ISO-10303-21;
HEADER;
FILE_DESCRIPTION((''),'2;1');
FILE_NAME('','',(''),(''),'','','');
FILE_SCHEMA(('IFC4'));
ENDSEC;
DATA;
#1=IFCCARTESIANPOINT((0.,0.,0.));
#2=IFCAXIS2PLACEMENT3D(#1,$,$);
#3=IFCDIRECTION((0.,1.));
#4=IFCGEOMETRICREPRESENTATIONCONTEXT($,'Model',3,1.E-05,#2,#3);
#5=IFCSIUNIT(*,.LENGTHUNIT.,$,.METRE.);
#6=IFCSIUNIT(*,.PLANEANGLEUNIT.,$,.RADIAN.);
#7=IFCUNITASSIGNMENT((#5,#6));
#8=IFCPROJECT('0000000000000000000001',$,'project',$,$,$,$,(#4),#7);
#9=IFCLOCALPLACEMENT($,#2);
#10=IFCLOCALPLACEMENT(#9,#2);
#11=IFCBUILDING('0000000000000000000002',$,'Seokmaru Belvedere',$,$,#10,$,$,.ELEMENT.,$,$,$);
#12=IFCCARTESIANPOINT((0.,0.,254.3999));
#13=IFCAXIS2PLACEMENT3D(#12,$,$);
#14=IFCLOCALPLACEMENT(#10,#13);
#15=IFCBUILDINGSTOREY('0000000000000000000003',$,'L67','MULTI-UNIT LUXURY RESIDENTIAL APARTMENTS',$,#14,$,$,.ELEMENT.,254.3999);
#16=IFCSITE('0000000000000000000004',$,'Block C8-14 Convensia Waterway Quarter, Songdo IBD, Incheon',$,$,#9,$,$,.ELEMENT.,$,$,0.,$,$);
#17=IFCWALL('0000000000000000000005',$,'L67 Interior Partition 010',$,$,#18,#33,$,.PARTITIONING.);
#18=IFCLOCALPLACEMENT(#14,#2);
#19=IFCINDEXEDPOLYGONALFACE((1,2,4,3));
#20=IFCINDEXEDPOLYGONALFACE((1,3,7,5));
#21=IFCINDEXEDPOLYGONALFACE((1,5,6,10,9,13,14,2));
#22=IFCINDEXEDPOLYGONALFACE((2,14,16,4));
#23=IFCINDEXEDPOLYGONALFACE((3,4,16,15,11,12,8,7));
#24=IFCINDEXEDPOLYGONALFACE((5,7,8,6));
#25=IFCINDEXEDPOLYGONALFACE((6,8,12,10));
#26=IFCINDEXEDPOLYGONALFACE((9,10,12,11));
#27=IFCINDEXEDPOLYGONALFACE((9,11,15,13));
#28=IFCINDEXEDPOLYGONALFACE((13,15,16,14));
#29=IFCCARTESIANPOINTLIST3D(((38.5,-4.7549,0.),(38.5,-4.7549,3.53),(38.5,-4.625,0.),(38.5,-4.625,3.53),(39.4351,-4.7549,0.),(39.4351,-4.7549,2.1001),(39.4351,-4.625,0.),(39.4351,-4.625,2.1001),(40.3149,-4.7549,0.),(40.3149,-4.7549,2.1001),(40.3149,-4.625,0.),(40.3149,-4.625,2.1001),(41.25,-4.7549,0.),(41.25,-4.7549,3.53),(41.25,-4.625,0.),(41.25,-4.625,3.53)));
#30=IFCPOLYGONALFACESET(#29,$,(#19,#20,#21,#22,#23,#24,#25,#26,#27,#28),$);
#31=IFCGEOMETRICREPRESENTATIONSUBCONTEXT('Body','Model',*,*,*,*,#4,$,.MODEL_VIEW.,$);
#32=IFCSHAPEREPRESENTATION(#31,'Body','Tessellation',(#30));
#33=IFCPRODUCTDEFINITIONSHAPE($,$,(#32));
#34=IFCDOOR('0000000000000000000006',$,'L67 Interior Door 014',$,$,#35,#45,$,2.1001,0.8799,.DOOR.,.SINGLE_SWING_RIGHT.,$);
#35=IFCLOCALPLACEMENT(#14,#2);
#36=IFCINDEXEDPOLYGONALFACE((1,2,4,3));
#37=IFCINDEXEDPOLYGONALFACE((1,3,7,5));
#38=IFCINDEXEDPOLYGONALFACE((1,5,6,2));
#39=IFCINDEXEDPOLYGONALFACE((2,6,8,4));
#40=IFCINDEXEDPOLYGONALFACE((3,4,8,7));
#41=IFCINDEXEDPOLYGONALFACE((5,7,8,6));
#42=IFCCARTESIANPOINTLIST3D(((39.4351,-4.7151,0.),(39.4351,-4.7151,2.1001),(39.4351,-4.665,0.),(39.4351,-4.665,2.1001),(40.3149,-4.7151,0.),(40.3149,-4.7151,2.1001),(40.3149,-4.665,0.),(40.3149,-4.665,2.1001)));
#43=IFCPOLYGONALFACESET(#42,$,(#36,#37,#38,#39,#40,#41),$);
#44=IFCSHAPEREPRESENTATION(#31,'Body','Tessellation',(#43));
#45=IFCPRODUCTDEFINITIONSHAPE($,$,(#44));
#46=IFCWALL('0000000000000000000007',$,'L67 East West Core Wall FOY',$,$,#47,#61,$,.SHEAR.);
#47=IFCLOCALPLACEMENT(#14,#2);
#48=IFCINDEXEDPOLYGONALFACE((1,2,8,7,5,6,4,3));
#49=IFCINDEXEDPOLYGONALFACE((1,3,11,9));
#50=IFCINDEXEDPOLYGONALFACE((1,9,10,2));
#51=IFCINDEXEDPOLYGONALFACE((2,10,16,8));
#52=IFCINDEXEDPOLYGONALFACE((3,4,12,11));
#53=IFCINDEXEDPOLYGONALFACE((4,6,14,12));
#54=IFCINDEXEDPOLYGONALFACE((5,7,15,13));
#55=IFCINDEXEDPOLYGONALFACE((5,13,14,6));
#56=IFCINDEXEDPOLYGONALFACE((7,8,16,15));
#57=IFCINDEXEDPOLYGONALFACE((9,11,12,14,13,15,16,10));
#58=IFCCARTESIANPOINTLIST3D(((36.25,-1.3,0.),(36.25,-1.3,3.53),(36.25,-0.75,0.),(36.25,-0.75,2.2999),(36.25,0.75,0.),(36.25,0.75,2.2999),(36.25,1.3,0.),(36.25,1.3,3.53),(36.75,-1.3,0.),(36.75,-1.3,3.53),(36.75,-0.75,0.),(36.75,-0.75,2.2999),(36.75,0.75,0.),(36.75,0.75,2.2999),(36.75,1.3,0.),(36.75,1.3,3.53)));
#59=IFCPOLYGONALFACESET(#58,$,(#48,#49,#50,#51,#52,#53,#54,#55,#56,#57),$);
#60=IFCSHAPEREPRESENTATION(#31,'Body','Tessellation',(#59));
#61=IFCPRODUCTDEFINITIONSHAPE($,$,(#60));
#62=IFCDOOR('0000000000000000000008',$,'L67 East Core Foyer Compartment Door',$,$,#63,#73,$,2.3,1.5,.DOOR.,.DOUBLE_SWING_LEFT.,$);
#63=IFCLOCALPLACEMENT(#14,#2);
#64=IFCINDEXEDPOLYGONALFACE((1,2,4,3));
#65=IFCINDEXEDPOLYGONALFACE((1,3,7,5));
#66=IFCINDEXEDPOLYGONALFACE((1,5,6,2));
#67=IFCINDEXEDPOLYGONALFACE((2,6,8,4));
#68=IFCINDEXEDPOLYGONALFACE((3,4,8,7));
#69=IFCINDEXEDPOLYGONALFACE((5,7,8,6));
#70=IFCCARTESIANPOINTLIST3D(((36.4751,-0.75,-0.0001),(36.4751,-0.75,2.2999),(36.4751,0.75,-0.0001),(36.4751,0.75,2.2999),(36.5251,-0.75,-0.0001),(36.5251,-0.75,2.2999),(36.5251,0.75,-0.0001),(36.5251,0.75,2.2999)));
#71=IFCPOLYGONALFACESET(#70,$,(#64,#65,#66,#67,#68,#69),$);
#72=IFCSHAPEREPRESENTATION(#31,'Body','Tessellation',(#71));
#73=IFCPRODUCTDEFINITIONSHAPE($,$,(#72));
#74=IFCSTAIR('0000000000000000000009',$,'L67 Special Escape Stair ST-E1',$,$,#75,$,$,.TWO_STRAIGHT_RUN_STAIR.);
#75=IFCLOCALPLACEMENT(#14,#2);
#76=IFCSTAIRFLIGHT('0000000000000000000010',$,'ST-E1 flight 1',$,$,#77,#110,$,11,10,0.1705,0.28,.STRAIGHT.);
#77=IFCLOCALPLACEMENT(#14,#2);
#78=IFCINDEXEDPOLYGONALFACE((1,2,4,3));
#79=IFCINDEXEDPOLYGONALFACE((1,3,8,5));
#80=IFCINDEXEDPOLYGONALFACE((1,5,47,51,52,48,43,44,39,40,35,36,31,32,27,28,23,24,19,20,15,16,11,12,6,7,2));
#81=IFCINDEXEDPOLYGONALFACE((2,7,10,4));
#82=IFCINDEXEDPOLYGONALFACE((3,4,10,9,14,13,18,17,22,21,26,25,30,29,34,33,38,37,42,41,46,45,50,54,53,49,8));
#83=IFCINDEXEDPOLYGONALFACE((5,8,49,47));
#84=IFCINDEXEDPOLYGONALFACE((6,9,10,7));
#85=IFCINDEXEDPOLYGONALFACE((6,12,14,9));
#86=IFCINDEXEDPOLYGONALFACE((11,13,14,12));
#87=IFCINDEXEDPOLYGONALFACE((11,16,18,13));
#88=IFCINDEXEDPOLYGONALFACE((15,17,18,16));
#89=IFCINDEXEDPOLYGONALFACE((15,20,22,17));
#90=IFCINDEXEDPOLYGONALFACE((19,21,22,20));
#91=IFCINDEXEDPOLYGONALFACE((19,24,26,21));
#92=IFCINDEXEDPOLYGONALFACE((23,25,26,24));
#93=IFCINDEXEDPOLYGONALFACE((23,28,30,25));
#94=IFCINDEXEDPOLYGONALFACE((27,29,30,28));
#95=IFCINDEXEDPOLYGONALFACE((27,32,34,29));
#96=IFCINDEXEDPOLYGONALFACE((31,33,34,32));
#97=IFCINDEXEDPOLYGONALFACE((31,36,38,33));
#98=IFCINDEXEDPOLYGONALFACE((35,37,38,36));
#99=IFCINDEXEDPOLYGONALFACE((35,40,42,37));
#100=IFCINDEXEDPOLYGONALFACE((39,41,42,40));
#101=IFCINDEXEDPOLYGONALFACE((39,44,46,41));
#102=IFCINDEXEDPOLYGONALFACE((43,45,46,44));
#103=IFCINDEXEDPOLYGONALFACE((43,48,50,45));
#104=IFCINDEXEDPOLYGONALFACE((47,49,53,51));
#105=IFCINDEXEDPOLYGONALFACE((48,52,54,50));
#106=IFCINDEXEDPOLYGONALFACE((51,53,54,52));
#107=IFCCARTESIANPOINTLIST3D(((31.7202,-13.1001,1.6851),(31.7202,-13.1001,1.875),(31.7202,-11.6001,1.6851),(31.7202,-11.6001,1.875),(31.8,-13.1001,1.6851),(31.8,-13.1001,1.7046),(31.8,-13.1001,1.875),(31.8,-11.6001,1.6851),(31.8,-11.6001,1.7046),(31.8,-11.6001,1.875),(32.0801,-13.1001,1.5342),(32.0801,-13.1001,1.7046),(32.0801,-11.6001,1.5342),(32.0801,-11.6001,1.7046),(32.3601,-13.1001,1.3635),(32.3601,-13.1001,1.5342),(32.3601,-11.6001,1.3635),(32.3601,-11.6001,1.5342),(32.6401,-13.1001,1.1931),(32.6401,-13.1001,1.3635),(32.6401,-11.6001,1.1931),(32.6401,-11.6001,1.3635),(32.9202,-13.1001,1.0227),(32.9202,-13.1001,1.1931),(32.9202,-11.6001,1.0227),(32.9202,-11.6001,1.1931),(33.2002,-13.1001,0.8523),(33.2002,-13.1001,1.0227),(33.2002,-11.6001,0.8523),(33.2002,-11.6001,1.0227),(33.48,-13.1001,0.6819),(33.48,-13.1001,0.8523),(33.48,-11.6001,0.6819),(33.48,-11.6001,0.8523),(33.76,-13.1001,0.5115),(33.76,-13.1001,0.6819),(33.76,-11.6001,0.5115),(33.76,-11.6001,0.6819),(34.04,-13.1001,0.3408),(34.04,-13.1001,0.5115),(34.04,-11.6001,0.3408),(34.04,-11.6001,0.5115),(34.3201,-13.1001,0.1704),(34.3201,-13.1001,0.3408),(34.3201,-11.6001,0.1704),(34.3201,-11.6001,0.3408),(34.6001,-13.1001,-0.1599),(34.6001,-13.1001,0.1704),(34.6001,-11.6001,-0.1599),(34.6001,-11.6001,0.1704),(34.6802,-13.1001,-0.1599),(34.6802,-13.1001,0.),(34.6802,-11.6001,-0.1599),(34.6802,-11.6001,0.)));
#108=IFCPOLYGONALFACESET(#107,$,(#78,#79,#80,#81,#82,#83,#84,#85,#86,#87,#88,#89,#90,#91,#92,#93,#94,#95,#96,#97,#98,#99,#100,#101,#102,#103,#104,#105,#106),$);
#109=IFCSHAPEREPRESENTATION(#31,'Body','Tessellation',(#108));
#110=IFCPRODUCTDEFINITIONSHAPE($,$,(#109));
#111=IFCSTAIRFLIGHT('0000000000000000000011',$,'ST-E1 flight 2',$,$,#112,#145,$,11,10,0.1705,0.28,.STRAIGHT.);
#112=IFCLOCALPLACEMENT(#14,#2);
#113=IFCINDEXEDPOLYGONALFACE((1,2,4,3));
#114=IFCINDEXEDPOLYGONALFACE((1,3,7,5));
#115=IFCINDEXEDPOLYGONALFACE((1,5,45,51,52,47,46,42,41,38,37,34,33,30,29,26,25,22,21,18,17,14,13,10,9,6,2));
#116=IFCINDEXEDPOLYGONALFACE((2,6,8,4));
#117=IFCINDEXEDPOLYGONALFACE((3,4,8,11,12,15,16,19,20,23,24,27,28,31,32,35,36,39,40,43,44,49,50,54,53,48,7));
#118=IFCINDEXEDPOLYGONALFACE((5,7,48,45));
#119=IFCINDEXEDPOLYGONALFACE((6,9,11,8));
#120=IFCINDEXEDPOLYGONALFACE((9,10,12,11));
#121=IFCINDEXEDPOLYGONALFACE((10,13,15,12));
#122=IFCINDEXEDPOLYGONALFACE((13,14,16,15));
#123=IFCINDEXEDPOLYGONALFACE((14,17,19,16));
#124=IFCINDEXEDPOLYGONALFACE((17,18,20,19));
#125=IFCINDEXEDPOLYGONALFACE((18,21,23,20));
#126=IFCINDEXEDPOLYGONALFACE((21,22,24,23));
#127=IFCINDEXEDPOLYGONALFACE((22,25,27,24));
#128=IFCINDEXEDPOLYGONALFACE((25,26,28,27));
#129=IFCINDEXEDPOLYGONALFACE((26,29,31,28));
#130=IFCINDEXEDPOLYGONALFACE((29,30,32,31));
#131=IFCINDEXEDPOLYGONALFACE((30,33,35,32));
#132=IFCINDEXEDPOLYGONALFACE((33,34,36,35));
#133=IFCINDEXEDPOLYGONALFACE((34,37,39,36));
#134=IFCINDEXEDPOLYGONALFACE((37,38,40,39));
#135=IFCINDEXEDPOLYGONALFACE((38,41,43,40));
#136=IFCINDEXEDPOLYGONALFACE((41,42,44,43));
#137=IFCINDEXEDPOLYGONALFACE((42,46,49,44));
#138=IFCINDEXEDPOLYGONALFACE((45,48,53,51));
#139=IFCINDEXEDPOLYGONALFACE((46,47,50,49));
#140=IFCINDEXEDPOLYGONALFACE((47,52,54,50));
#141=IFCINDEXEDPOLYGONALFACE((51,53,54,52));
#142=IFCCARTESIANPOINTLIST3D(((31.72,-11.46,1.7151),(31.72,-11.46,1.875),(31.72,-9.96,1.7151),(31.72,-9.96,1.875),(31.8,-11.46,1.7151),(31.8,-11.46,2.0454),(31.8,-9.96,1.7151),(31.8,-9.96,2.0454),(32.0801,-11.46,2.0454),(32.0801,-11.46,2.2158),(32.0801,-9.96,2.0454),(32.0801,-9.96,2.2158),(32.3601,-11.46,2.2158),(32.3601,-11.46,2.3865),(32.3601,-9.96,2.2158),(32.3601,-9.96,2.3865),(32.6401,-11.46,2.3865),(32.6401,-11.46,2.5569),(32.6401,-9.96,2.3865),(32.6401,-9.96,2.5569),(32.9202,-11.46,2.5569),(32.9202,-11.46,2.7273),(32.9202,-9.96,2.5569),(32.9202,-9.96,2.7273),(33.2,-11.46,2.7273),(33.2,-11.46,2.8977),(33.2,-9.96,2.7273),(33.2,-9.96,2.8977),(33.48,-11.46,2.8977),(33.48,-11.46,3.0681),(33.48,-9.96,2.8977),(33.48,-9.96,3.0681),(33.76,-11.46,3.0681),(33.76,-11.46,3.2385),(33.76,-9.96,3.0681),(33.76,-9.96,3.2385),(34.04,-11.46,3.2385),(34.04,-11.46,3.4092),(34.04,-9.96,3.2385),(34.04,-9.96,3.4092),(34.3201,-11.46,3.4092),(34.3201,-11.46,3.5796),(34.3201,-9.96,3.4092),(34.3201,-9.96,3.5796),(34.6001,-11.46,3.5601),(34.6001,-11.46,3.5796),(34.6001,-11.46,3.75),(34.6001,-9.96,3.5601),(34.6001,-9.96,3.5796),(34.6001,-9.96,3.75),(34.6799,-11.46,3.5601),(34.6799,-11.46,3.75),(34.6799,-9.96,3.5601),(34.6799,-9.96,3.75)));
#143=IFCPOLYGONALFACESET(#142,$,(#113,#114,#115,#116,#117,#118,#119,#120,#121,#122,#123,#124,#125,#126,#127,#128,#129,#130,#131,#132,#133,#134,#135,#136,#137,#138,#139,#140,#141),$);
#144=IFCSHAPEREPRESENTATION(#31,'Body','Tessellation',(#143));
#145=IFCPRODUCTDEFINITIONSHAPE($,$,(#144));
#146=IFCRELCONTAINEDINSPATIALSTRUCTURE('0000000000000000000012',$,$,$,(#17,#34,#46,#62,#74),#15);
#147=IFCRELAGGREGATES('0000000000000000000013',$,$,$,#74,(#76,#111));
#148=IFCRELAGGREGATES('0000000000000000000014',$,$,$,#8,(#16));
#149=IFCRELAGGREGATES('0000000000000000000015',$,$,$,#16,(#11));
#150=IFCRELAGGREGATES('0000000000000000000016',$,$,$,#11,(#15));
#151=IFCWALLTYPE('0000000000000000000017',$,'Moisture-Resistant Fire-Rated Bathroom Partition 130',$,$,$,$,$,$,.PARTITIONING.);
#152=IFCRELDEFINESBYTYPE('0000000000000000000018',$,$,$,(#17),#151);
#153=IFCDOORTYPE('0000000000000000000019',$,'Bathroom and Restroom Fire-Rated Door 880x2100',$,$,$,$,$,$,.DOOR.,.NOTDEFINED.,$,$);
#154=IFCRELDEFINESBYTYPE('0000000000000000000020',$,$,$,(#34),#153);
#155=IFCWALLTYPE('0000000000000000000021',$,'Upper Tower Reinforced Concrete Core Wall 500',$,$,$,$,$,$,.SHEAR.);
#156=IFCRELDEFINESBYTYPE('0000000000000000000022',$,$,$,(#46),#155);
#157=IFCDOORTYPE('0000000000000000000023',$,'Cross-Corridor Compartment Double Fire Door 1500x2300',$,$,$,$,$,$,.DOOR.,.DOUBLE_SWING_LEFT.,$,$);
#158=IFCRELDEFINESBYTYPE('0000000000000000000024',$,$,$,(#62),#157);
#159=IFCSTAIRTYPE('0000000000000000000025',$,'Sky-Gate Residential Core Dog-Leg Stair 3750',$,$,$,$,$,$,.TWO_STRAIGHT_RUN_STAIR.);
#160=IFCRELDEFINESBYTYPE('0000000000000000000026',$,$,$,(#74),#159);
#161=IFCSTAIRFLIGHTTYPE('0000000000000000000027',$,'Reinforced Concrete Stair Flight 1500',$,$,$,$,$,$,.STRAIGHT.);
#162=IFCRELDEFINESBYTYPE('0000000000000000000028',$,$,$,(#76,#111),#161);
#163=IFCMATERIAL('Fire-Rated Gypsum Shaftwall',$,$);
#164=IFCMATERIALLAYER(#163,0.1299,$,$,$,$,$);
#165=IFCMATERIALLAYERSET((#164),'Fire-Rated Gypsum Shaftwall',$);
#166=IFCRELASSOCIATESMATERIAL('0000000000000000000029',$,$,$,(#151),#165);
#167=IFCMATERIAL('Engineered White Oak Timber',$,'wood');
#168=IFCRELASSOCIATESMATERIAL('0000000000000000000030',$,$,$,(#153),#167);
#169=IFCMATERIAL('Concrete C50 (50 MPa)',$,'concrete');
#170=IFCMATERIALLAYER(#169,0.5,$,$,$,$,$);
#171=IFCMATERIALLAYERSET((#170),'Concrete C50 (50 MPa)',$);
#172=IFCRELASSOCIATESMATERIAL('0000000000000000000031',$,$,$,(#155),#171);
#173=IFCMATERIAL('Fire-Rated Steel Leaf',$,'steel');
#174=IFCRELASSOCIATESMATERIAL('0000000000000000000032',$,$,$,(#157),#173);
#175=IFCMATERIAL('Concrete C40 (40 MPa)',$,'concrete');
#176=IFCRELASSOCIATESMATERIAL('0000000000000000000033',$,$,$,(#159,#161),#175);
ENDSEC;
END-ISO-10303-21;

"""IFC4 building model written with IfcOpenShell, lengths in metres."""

from ifc_helpers import new_model, si_unit, direction, frame, frame_2d, origin, place, context, subcontext, project, spatial, polyline, rectangle, outline, extrude, source, transform, mapped, material, layer, layer_set, type_object, type_shapes, element, fill, aggregate, save


model = new_model("IFC4")

# Units and contexts
model_context = context("Model", 3, precision=1e-05, world=origin(), true_north=direction((0.0, 1.0)))
body_context = subcontext(model_context, "Body", "Model", "MODEL_VIEW")
ifc_project = project(units=[si_unit("LENGTHUNIT", "METRE"), si_unit("PLANEANGLEUNIT", "RADIAN")], contexts=[model_context])

# Site, building, storey
site_placement = place(None, origin())
site = spatial("IfcSite", under=ifc_project, at=site_placement, Name="Block C8-14 Convensia Waterway Quarter, Songdo IBD, Incheon", CompositionType="ELEMENT", RefElevation=0.0)
building_placement = place(site_placement, origin())
building = spatial("IfcBuilding", under=site, at=building_placement, Name="Seokmaru Belvedere", CompositionType="ELEMENT")
storey_placement = place(building_placement, frame((0.0, 0.0, 254.3999)))
storey = spatial("IfcBuildingStorey", under=building, at=storey_placement, Name="L67", Description="MULTI-UNIT LUXURY RESIDENTIAL APARTMENTS", CompositionType="ELEMENT", Elevation=254.3999)

# Shared definitions
ifc_material_1 = material(Name="Fire-Rated Gypsum Shaftwall")

# Shared definitions
ifc_material_2 = material(Name="Fire-Rated Steel Leaf", Category="steel")

# Walls, openings, doors
ifc_layer_1 = layer(ifc_material_1, 0.1299)
ifc_layer_set_1 = layer_set([ifc_layer_1], Name="Fire-Rated Gypsum Shaftwall")
wall_type_1 = type_object("IfcWallType", Name="Moisture-Resistant Fire-Rated Bathroom Partition 130", PredefinedType="PARTITIONING", material=ifc_layer_set_1)
wall_1_placement = place(storey_placement, frame((38.5, -4.6899, 0.0), z_axis=(0.0, 0.0, 1.0), x_axis=(1.0, 0.0, 0.0)))
wall_1 = element("IfcWall", 1, at=wall_1_placement, inside=storey, type_object=wall_type_1, Name="L67 Interior Partition 010", PredefinedType="PARTITIONING", context=body_context, shape_type="SweptSolid", body=[
    extrude(rectangle(XDim=2.75, YDim=0.1299, at=frame_2d((1.375, 0.0))), origin(), (0.0, 0.0, 1.0), 3.53),
])
opening_1_placement = place(wall_1_placement, frame((0.9351, 0.0, 0.0)))
opening_1 = element("IfcOpeningElement", 2, at=opening_1_placement, cuts=wall_1, PredefinedType="OPENING", context=body_context, shape_type="SweptSolid", body=[
    extrude(rectangle(XDim=0.8799, YDim=2.1001, at=frame_2d((0.4399, 1.05))), frame((0.0, 0.075, 0.0), z_axis=(0.0, -1.0, 0.0), x_axis=(1.0, 0.0, 0.0)), (0.0, 0.0, 1.0), 0.1499),
])
ifc_material_3 = material(Name="Engineered White Oak Timber", Category="wood")
door_type_1 = type_object("IfcDoorType", Name="Bathroom and Restroom Fire-Rated Door 880x2100", OperationType="NOTDEFINED", PredefinedType="DOOR", material=ifc_material_3)
shared_shape_1 = source(origin(), body_context, "Body", "SweptSolid", [
    extrude(rectangle(XDim=0.8799, YDim=2.1001, at=frame_2d((0.4399, 1.05))), frame((0.0, 0.0249, 0.0), z_axis=(0.0, -1.0, 0.0), x_axis=(1.0, 0.0, 0.0)), (0.0, 0.0, 1.0), 0.05),
])
type_shapes(door_type_1, [shared_shape_1])
door_1_placement = place(opening_1_placement, origin())
door_1 = element("IfcDoor", 3, at=door_1_placement, inside=storey, type_object=door_type_1, Name="L67 Interior Door 014", OperationType="SINGLE_SWING_RIGHT", OverallHeight=2.1001, OverallWidth=0.8799, PredefinedType="DOOR", context=body_context, shape_type="MappedRepresentation", body=[
    mapped(shared_shape_1, transform((0.0, 0.0, 0.0), scale=1.0)),
])
fill(opening_1, door_1)
ifc_material_4 = material(Name="Concrete C50 (50 MPa)", Category="concrete")
ifc_layer_2 = layer(ifc_material_4, 0.5)
ifc_layer_set_2 = layer_set([ifc_layer_2], Name="Concrete C50 (50 MPa)")
wall_type_2 = type_object("IfcWallType", Name="Upper Tower Reinforced Concrete Core Wall 500", PredefinedType="SHEAR", material=ifc_layer_set_2)
wall_2_placement = place(storey_placement, frame((36.5, -1.3, 0.0), z_axis=(0.0, 0.0, 1.0), x_axis=(0.0, 1.0, 0.0)))
wall_2 = element("IfcWall", 4, at=wall_2_placement, inside=storey, type_object=wall_type_2, Name="L67 East West Core Wall FOY", PredefinedType="SHEAR", context=body_context, shape_type="SweptSolid", body=[
    extrude(rectangle(XDim=2.6001, YDim=0.5, at=frame_2d((1.3, 0.0))), origin(), (0.0, 0.0, 1.0), 3.53),
])
opening_2_placement = place(wall_2_placement, frame((0.55, 0.0, 0.0)))
opening_2 = element("IfcOpeningElement", 5, at=opening_2_placement, cuts=wall_2, PredefinedType="OPENING", context=body_context, shape_type="SweptSolid", body=[
    extrude(rectangle(XDim=1.5, YDim=2.3, at=frame_2d((0.75, 1.1499))), frame((0.0, 0.26, 0.0), z_axis=(0.0, -1.0, 0.0), x_axis=(1.0, 0.0, 0.0)), (0.0, 0.0, 1.0), 0.52),
])
door_type_2 = type_object("IfcDoorType", Name="Cross-Corridor Compartment Double Fire Door 1500x2300", OperationType="DOUBLE_SWING_LEFT", PredefinedType="DOOR", material=ifc_material_2)
shared_shape_2 = source(origin(), body_context, "Body", "SweptSolid", [
    extrude(rectangle(XDim=1.5, YDim=2.3, at=frame_2d((0.75, 1.1499))), frame((0.0, 0.0249, 0.0), z_axis=(0.0, -1.0, 0.0), x_axis=(1.0, 0.0, 0.0)), (0.0, 0.0, 1.0), 0.05),
])
type_shapes(door_type_2, [shared_shape_2])
door_2_placement = place(opening_2_placement, origin())
door_2 = element("IfcDoor", 6, at=door_2_placement, inside=storey, type_object=door_type_2, Name="L67 East Core Foyer Compartment Door", OperationType="DOUBLE_SWING_LEFT", OverallHeight=2.3, OverallWidth=1.5, PredefinedType="DOOR", context=body_context, shape_type="MappedRepresentation", body=[
    mapped(shared_shape_2, transform((0.0, 0.0, 0.0), scale=1.0)),
])
fill(opening_2, door_2)

# Stair, stair flights
ifc_material_5 = material(Name="Concrete C40 (40 MPa)", Category="concrete")
stair_type = type_object("IfcStairType", Name="Sky-Gate Residential Core Dog-Leg Stair 3750", PredefinedType="TWO_STRAIGHT_RUN_STAIR", material=ifc_material_5)
stair_placement = place(storey_placement, origin())
stair = element("IfcStair", 7, at=stair_placement, inside=storey, type_object=stair_type, Name="L67 Special Escape Stair ST-E1", PredefinedType="TWO_STRAIGHT_RUN_STAIR")
stair_flight_type = type_object("IfcStairFlightType", Name="Reinforced Concrete Stair Flight 1500", PredefinedType="STRAIGHT", material=ifc_material_5)
stair_flight_1_placement = place(storey_placement, frame((34.6001, -12.3501, 0.0), z_axis=(0.0, 0.0, 1.0), x_axis=(-1.0, 0.0, 0.0)))
stair_flight_1 = element("IfcStairFlight", 8, at=stair_flight_1_placement, type_object=stair_flight_type, Name="ST-E1 flight 1", NumberOfRisers=11, NumberOfTreads=10, PredefinedType="STRAIGHT", RiserHeight=0.1705, TreadLength=0.28, context=body_context, shape_type="SweptSolid", body=[
    extrude(outline(polyline([(-0.0801, 0.0), (0.0, 0.1704), (0.28, 0.1704), (0.28, 0.3408), (0.5601, 0.3408), (0.5601, 0.5115), (0.8401, 0.5115), (0.8401, 0.6819), (1.1201, 0.6819), (1.1201, 0.8523), (1.3999, 0.8523), (1.3999, 1.0227), (1.6799, 1.0227), (1.6799, 1.1931), (1.96, 1.1931), (1.96, 1.3635), (2.24, 1.3635), (2.24, 1.5342), (2.52, 1.5342), (2.52, 1.7046), (2.8, 1.7046), (2.8, 1.875), (2.8799, 1.875), (2.8799, 1.6851), (2.8, 1.6851), (0.0, -0.1599), (-0.0801, -0.1599), (-0.0801, 0.0)])), frame((0.0, 0.75, 0.0), z_axis=(0.0, -1.0, 0.0), x_axis=(1.0, 0.0, 0.0)), (0.0, 0.0, 1.0), 1.5),
])
stair_flight_2_placement = place(storey_placement, frame((31.8, -10.71, 1.875), z_axis=(0.0, 0.0, 1.0), x_axis=(1.0, 0.0, 0.0)))
stair_flight_2 = element("IfcStairFlight", 9, at=stair_flight_2_placement, type_object=stair_flight_type, Name="ST-E1 flight 2", NumberOfRisers=11, NumberOfTreads=10, PredefinedType="STRAIGHT", RiserHeight=0.1705, TreadLength=0.28, context=body_context, shape_type="SweptSolid", body=[
    extrude(outline(polyline([(-0.0801, 0.0), (0.0, 0.1704), (0.28, 0.1704), (0.28, 0.3408), (0.5601, 0.3408), (0.5601, 0.5115), (0.8401, 0.5115), (0.8401, 0.6819), (1.1201, 0.6819), (1.1201, 0.8523), (1.3999, 0.8523), (1.3999, 1.0227), (1.6799, 1.0227), (1.6799, 1.1931), (1.96, 1.1931), (1.96, 1.3635), (2.24, 1.3635), (2.24, 1.5342), (2.52, 1.5342), (2.52, 1.7046), (2.8, 1.7046), (2.8, 1.875), (2.8799, 1.875), (2.8799, 1.6851), (2.8, 1.6851), (0.0, -0.1599), (-0.0801, -0.1599), (-0.0801, 0.0)])), frame((0.0, 0.75, 0.0), z_axis=(0.0, -1.0, 0.0), x_axis=(1.0, 0.0, 0.0)), (0.0, 0.0, 1.0), 1.5),
])
aggregate(stair, [stair_flight_1, stair_flight_2])

save(model, "model.ifc")
